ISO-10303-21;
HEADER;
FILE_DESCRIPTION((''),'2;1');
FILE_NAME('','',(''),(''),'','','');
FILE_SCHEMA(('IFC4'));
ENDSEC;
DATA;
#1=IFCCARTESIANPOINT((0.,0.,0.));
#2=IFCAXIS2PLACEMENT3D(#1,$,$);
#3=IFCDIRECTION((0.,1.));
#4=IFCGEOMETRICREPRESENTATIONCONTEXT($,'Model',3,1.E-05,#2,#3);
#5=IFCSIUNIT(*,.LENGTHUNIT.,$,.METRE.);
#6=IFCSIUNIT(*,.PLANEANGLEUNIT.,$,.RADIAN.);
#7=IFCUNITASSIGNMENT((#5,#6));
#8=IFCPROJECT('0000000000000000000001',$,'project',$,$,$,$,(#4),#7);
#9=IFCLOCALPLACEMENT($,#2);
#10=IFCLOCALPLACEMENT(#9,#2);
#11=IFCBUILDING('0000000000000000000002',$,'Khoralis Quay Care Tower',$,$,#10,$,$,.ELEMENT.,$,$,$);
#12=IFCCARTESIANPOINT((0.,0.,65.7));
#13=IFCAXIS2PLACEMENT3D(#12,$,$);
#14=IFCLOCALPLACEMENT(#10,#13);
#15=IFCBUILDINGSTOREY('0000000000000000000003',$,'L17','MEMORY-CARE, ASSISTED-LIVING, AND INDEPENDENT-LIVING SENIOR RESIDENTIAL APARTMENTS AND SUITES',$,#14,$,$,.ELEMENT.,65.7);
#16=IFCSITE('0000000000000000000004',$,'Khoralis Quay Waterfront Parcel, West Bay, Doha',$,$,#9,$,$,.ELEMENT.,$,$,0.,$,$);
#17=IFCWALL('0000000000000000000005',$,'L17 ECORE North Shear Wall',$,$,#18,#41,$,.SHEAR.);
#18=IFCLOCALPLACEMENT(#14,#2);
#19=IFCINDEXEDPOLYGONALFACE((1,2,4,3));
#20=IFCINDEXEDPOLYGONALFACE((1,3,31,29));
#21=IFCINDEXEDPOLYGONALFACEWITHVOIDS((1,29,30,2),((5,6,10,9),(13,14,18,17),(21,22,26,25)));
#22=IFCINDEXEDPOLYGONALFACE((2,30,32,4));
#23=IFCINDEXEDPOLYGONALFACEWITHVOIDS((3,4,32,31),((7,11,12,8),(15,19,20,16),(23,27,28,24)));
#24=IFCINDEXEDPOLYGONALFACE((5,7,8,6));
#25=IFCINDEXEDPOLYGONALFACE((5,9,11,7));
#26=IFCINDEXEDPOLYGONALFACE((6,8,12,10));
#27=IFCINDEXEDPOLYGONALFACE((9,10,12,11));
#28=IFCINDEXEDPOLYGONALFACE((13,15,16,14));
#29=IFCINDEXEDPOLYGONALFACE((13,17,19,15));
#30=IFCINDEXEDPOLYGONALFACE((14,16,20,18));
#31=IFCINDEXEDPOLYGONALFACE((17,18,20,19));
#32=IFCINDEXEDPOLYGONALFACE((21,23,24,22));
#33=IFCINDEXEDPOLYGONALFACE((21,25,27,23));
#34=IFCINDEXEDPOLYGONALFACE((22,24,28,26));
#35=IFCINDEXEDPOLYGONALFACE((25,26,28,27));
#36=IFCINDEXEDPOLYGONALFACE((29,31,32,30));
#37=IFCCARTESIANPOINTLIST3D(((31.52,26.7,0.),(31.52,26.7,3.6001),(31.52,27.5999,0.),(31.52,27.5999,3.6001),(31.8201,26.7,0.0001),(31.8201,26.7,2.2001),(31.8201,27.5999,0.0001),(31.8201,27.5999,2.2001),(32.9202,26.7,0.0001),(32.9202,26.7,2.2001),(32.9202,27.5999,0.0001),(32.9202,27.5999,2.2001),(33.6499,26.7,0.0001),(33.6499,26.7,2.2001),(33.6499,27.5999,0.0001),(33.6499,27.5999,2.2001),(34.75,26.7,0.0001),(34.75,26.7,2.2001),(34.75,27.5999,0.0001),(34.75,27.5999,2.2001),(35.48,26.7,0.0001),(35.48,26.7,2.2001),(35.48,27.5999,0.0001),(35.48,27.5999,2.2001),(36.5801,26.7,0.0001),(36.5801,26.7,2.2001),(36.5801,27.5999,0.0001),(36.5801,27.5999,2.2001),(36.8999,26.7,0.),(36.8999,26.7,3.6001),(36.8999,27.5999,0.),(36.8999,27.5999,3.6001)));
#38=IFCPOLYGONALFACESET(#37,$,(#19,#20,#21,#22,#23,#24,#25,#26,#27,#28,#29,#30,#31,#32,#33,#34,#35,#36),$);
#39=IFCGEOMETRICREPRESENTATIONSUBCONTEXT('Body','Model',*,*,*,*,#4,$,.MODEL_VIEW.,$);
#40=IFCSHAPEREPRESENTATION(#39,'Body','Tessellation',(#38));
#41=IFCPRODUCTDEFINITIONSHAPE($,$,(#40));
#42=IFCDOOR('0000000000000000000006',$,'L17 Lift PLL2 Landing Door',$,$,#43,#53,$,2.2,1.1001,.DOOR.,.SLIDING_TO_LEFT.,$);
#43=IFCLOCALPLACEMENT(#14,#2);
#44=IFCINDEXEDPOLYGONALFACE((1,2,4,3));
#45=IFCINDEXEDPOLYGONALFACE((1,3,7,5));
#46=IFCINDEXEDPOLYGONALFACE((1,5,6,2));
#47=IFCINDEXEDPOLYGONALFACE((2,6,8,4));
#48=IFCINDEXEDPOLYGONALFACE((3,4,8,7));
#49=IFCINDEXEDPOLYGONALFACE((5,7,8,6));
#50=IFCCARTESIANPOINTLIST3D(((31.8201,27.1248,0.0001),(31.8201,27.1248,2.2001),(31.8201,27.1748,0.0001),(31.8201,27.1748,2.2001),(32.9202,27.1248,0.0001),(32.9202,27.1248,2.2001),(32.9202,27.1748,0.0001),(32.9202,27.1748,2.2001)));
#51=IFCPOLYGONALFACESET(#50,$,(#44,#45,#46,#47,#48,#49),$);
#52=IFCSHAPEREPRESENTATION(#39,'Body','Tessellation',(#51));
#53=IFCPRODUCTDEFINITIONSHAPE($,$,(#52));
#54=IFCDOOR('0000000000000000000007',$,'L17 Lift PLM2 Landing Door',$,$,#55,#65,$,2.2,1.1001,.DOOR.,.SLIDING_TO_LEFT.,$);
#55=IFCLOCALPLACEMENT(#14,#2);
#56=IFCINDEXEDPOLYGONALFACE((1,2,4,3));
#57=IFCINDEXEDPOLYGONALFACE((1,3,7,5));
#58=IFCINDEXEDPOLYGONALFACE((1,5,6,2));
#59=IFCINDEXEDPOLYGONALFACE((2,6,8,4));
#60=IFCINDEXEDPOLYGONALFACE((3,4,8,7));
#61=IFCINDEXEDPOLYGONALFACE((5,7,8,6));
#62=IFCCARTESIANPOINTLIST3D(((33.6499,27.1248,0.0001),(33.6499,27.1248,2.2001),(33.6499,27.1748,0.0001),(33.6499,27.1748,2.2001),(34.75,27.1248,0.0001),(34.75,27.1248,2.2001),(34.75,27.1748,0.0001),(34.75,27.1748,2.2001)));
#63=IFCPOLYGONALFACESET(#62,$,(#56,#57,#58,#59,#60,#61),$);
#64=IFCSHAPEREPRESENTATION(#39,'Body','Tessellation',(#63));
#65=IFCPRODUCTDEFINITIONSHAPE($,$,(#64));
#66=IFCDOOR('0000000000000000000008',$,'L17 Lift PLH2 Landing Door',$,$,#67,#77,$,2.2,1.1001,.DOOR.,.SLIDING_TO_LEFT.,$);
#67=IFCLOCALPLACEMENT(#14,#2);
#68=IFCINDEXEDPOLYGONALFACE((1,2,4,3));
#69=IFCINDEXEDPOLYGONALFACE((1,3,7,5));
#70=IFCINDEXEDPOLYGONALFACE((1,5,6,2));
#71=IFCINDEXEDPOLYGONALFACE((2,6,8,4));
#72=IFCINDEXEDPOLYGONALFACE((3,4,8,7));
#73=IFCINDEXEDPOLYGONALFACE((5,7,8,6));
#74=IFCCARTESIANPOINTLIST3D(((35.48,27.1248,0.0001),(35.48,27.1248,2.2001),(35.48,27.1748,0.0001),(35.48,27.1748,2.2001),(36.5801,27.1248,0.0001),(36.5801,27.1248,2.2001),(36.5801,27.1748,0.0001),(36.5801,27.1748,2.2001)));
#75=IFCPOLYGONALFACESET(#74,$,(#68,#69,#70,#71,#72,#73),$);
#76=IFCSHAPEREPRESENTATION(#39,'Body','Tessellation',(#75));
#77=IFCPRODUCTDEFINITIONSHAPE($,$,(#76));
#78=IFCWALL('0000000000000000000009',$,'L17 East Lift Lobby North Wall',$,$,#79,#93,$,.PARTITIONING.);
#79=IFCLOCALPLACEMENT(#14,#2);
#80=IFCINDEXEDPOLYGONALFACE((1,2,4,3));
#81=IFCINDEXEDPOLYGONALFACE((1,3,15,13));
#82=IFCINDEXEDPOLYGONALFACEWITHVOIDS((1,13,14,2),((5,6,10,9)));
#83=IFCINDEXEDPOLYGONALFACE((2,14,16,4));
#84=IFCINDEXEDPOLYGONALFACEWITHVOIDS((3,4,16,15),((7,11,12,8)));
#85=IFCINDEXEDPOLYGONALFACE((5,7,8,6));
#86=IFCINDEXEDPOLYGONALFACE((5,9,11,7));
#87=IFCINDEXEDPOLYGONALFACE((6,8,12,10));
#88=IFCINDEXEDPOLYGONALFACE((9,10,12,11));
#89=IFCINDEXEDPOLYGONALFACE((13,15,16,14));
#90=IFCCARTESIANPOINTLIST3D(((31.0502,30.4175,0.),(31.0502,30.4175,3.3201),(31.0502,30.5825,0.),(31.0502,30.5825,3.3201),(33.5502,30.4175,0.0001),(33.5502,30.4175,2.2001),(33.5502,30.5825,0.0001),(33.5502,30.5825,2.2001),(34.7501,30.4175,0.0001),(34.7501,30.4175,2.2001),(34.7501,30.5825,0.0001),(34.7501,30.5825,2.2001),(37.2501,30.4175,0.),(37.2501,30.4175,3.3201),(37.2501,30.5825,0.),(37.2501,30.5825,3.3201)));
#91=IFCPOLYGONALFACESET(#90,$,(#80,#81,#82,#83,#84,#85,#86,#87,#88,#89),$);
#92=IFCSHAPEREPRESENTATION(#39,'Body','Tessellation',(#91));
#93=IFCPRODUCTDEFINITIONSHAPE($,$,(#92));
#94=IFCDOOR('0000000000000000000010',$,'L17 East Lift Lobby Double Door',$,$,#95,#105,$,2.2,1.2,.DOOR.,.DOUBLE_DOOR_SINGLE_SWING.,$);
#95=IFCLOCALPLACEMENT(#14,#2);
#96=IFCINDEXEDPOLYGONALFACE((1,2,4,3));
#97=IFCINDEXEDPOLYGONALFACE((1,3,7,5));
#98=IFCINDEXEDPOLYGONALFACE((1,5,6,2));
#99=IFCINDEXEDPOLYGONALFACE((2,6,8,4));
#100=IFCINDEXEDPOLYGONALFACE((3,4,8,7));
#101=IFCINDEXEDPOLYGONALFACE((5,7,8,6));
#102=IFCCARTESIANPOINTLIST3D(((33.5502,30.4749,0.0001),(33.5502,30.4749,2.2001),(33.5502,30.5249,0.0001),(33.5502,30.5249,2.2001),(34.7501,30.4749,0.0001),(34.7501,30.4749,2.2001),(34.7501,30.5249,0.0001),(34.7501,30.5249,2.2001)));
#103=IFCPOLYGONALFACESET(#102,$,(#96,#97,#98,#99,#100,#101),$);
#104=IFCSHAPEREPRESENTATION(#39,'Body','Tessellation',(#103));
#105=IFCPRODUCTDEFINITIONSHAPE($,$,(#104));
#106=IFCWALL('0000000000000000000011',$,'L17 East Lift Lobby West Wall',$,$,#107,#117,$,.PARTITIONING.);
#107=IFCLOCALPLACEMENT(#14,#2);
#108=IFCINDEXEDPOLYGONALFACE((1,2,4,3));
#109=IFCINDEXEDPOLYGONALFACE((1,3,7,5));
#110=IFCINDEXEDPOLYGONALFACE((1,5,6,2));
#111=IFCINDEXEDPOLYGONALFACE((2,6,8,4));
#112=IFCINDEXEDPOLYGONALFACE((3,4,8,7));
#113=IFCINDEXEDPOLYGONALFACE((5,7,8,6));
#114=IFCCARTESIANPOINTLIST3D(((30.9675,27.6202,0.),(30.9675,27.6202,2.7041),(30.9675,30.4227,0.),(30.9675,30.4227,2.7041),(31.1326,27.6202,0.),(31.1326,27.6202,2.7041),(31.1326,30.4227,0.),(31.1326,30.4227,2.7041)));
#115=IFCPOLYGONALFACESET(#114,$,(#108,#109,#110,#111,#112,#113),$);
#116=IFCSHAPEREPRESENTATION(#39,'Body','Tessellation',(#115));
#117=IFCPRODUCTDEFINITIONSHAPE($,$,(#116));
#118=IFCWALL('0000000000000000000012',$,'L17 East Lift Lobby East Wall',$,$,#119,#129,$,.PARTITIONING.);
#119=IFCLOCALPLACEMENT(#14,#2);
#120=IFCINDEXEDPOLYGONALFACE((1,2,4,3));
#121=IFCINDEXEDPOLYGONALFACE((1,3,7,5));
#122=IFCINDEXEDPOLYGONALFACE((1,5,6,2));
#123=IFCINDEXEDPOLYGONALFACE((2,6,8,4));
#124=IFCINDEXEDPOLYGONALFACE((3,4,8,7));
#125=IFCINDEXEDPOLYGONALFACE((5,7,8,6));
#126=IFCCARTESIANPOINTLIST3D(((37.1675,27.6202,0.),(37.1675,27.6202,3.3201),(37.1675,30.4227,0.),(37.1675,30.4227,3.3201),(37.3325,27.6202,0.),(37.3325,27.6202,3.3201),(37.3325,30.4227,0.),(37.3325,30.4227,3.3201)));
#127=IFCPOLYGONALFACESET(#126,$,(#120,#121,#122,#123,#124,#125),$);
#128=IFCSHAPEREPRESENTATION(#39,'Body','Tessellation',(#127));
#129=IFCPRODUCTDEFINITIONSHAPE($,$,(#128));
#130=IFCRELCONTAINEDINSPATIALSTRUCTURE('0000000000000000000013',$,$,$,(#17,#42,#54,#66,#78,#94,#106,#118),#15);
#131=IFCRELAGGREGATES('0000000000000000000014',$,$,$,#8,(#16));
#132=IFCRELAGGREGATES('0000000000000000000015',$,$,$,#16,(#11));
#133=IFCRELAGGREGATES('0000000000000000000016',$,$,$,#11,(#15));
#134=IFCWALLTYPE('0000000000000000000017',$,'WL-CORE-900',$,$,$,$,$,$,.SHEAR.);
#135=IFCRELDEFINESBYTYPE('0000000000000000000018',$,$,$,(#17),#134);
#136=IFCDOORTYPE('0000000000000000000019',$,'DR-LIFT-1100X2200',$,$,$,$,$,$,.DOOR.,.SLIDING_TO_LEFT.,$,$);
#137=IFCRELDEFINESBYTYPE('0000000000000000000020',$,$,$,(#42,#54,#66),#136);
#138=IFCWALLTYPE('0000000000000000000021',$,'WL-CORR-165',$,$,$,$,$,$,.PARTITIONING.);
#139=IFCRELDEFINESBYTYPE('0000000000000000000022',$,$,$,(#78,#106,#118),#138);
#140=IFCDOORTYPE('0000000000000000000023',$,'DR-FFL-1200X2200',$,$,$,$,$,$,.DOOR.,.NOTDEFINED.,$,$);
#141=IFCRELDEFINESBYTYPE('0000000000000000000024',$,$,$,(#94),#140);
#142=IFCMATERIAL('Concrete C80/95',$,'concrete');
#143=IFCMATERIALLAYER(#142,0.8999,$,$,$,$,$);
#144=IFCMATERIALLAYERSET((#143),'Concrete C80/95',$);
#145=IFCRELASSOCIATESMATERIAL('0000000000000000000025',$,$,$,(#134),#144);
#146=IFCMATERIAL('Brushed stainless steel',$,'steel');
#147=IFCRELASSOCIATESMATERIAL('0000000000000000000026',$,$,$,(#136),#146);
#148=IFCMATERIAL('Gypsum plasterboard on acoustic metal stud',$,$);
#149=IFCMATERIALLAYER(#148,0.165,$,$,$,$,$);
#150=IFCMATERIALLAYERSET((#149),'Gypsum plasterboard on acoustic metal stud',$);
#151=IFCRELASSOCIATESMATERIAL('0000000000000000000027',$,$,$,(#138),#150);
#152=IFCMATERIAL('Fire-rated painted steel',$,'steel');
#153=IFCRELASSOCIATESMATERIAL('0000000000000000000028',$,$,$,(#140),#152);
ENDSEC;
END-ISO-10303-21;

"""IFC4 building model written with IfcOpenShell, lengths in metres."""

from ifc_helpers import new_model, si_unit, direction, frame, frame_2d, origin, place, context, subcontext, project, spatial, rectangle, extrude, source, transform, mapped, material, layer, layer_set, type_object, element, fill, save


model = new_model("IFC4")

# Units and contexts
model_context = context("Model", 3, precision=1e-05, world=origin(), true_north=direction((0.0, 1.0)))
body_context = subcontext(model_context, "Body", "Model", "MODEL_VIEW")
ifc_project = project(units=[si_unit("LENGTHUNIT", "METRE"), si_unit("PLANEANGLEUNIT", "RADIAN")], contexts=[model_context])

# Site, building, storey
site_placement = place(None, origin())
site = spatial("IfcSite", under=ifc_project, at=site_placement, Name="Khoralis Quay Waterfront Parcel, West Bay, Doha", CompositionType="ELEMENT", RefElevation=0.0)
building_placement = place(site_placement, origin())
building = spatial("IfcBuilding", under=site, at=building_placement, Name="Khoralis Quay Care Tower", CompositionType="ELEMENT")
storey_placement = place(building_placement, frame((0.0, 0.0, 65.7)))
storey = spatial("IfcBuildingStorey", under=building, at=storey_placement, Name="L17", Description="MEMORY-CARE, ASSISTED-LIVING, AND INDEPENDENT-LIVING SENIOR RESIDENTIAL APARTMENTS AND SUITES", CompositionType="ELEMENT", Elevation=65.7)

# Shared definitions
ifc_material_1 = material(Name="Concrete C80/95", Category="concrete")

# Wall, openings, doors
ifc_layer_1 = layer(ifc_material_1, 0.8999)
ifc_layer_set_1 = layer_set([ifc_layer_1], Name="Concrete C80/95")
wall_type_1 = type_object("IfcWallType", Name="WL-CORE-900", PredefinedType="SHEAR", material=ifc_layer_set_1)
wall_1_placement = place(storey_placement, frame((31.52, 27.1499, 0.0), z_axis=(0.0, 0.0, 1.0), x_axis=(1.0, 0.0, 0.0)))
wall_1 = element("IfcWall", 1, at=wall_1_placement, inside=storey, type_object=wall_type_1, Name="L17 ECORE North Shear Wall", PredefinedType="SHEAR", context=body_context, shape_type="SweptSolid", body=[
    extrude(rectangle(XDim=5.3799, YDim=0.8999, at=frame_2d((2.6899, 0.0))), origin(), (0.0, 0.0, 1.0), 3.6001),
])
opening_1_placement = place(wall_1_placement, frame((0.3, 0.0, 0.0)))
opening_1 = element("IfcOpeningElement", 2, at=opening_1_placement, cuts=wall_1, PredefinedType="OPENING", context=body_context, shape_type="SweptSolid", body=[
    extrude(rectangle(XDim=1.1001, YDim=2.2, at=frame_2d((0.55, 1.1001))), frame((0.0, 0.46, 0.0), z_axis=(0.0, -1.0, 0.0), x_axis=(1.0, 0.0, 0.0)), (0.0, 0.0, 1.0), 0.9199),
])
opening_2_placement = place(wall_1_placement, frame((2.1299, 0.0, 0.0)))
opening_2 = element("IfcOpeningElement", 3, at=opening_2_placement, cuts=wall_1, PredefinedType="OPENING", context=body_context, shape_type="SweptSolid", body=[
    extrude(rectangle(XDim=1.1001, YDim=2.2, at=frame_2d((0.55, 1.1001))), frame((0.0, 0.46, 0.0), z_axis=(0.0, -1.0, 0.0), x_axis=(1.0, 0.0, 0.0)), (0.0, 0.0, 1.0), 0.9199),
])
opening_3_placement = place(wall_1_placement, frame((3.96, 0.0, 0.0)))
opening_3 = element("IfcOpeningElement", 4, at=opening_3_placement, cuts=wall_1, PredefinedType="OPENING", context=body_context, shape_type="SweptSolid", body=[
    extrude(rectangle(XDim=1.1001, YDim=2.2, at=frame_2d((0.55, 1.1001))), frame((0.0, 0.46, 0.0), z_axis=(0.0, -1.0, 0.0), x_axis=(1.0, 0.0, 0.0)), (0.0, 0.0, 1.0), 0.9199),
])
ifc_material_2 = material(Name="Brushed stainless steel", Category="steel")
door_type_1 = type_object("IfcDoorType", Name="DR-LIFT-1100X2200", OperationType="SLIDING_TO_LEFT", PredefinedType="DOOR", material=ifc_material_2)
shared_shape_1 = source(origin(), body_context, "Body", "SweptSolid", [
    extrude(rectangle(XDim=1.1001, YDim=2.2, at=frame_2d((0.55, 1.1001))), frame((0.0, 0.0249, 0.0), z_axis=(0.0, -1.0, 0.0), x_axis=(1.0, 0.0, 0.0)), (0.0, 0.0, 1.0), 0.05),
])
door_1_placement = place(opening_1_placement, origin())
door_1 = element("IfcDoor", 5, at=door_1_placement, inside=storey, type_object=door_type_1, Name="L17 Lift PLL2 Landing Door", OperationType="SLIDING_TO_LEFT", OverallHeight=2.2, OverallWidth=1.1001, PredefinedType="DOOR", context=body_context, shape_type="MappedRepresentation", body=[
    mapped(shared_shape_1, transform((0.0, 0.0, 0.0), scale=1.0)),
])
fill(opening_1, door_1)
door_2_placement = place(opening_2_placement, origin())
door_2 = element("IfcDoor", 6, at=door_2_placement, inside=storey, type_object=door_type_1, Name="L17 Lift PLM2 Landing Door", OperationType="SLIDING_TO_LEFT", OverallHeight=2.2, OverallWidth=1.1001, PredefinedType="DOOR", context=body_context, shape_type="MappedRepresentation", body=[
    mapped(shared_shape_1, transform((0.0, 0.0, 0.0), scale=1.0)),
])
fill(opening_2, door_2)
door_3_placement = place(opening_3_placement, origin())
door_3 = element("IfcDoor", 7, at=door_3_placement, inside=storey, type_object=door_type_1, Name="L17 Lift PLH2 Landing Door", OperationType="SLIDING_TO_LEFT", OverallHeight=2.2, OverallWidth=1.1001, PredefinedType="DOOR", context=body_context, shape_type="MappedRepresentation", body=[
    mapped(shared_shape_1, transform((0.0, 0.0, 0.0), scale=1.0)),
])
fill(opening_3, door_3)

# Wall, opening, door
ifc_material_3 = material(Name="Gypsum plasterboard on acoustic metal stud")
ifc_layer_2 = layer(ifc_material_3, 0.165)
ifc_layer_set_2 = layer_set([ifc_layer_2], Name="Gypsum plasterboard on acoustic metal stud")
wall_type_2 = type_object("IfcWallType", Name="WL-CORR-165", PredefinedType="PARTITIONING", material=ifc_layer_set_2)
wall_2_placement = place(storey_placement, frame((31.05, 30.5, 0.0), z_axis=(0.0, 0.0, 1.0), x_axis=(1.0, 0.0, 0.0)))
wall_2 = element("IfcWall", 8, at=wall_2_placement, inside=storey, type_object=wall_type_2, Name="L17 East Lift Lobby North Wall", PredefinedType="PARTITIONING", context=body_context, shape_type="SweptSolid", body=[
    extrude(rectangle(XDim=6.2, YDim=0.165, at=frame_2d((3.1001, 0.0))), origin(), (0.0, 0.0, 1.0), 3.3201),
])
opening_4_placement = place(wall_2_placement, frame((2.5, 0.0, 0.0)))
opening_4 = element("IfcOpeningElement", 9, at=opening_4_placement, cuts=wall_2, PredefinedType="OPENING", context=body_context, shape_type="SweptSolid", body=[
    extrude(rectangle(XDim=1.2, YDim=2.2, at=frame_2d((0.6001, 1.1001))), frame((0.0, 0.0925, 0.0), z_axis=(0.0, -1.0, 0.0), x_axis=(1.0, 0.0, 0.0)), (0.0, 0.0, 1.0), 0.1851),
])
ifc_material_4 = material(Name="Fire-rated painted steel", Category="steel")
door_type_2 = type_object("IfcDoorType", Name="DR-FFL-1200X2200", OperationType="NOTDEFINED", PredefinedType="DOOR", material=ifc_material_4)
shared_shape_2 = source(origin(), body_context, "Body", "SweptSolid", [
    extrude(rectangle(XDim=1.2, YDim=2.2, at=frame_2d((0.6001, 1.1001))), frame((0.0, 0.0249, 0.0), z_axis=(0.0, -1.0, 0.0), x_axis=(1.0, 0.0, 0.0)), (0.0, 0.0, 1.0), 0.05),
])
door_4_placement = place(opening_4_placement, origin())
door_4 = element("IfcDoor", 10, at=door_4_placement, inside=storey, type_object=door_type_2, Name="L17 East Lift Lobby Double Door", OperationType="DOUBLE_DOOR_SINGLE_SWING", OverallHeight=2.2, OverallWidth=1.2, PredefinedType="DOOR", context=body_context, shape_type="MappedRepresentation", body=[
    mapped(shared_shape_2, transform((0.0, 0.0, 0.0), scale=1.0)),
])
fill(opening_4, door_4)

# Walls
wall_3_placement = place(storey_placement, frame((31.05, 27.6201, 0.0), z_axis=(0.0, 0.0, 1.0), x_axis=(0.0, 1.0, 0.0)))
element("IfcWall", 11, at=wall_3_placement, inside=storey, type_object=wall_type_2, Name="L17 East Lift Lobby West Wall", PredefinedType="PARTITIONING", context=body_context, shape_type="SweptSolid", body=[
    extrude(rectangle(XDim=2.8025, YDim=0.165, at=frame_2d((1.4014, 0.0))), origin(), (0.0, 0.0, 1.0), 2.7041),
])
wall_4_placement = place(storey_placement, frame((37.25, 27.6201, 0.0), z_axis=(0.0, 0.0, 1.0), x_axis=(0.0, 1.0, 0.0)))
element("IfcWall", 12, at=wall_4_placement, inside=storey, type_object=wall_type_2, Name="L17 East Lift Lobby East Wall", PredefinedType="PARTITIONING", context=body_context, shape_type="SweptSolid", body=[
    extrude(rectangle(XDim=2.8025, YDim=0.165, at=frame_2d((1.4014, 0.0))), origin(), (0.0, 0.0, 1.0), 3.3201),
])

save(model, "model.ifc")
